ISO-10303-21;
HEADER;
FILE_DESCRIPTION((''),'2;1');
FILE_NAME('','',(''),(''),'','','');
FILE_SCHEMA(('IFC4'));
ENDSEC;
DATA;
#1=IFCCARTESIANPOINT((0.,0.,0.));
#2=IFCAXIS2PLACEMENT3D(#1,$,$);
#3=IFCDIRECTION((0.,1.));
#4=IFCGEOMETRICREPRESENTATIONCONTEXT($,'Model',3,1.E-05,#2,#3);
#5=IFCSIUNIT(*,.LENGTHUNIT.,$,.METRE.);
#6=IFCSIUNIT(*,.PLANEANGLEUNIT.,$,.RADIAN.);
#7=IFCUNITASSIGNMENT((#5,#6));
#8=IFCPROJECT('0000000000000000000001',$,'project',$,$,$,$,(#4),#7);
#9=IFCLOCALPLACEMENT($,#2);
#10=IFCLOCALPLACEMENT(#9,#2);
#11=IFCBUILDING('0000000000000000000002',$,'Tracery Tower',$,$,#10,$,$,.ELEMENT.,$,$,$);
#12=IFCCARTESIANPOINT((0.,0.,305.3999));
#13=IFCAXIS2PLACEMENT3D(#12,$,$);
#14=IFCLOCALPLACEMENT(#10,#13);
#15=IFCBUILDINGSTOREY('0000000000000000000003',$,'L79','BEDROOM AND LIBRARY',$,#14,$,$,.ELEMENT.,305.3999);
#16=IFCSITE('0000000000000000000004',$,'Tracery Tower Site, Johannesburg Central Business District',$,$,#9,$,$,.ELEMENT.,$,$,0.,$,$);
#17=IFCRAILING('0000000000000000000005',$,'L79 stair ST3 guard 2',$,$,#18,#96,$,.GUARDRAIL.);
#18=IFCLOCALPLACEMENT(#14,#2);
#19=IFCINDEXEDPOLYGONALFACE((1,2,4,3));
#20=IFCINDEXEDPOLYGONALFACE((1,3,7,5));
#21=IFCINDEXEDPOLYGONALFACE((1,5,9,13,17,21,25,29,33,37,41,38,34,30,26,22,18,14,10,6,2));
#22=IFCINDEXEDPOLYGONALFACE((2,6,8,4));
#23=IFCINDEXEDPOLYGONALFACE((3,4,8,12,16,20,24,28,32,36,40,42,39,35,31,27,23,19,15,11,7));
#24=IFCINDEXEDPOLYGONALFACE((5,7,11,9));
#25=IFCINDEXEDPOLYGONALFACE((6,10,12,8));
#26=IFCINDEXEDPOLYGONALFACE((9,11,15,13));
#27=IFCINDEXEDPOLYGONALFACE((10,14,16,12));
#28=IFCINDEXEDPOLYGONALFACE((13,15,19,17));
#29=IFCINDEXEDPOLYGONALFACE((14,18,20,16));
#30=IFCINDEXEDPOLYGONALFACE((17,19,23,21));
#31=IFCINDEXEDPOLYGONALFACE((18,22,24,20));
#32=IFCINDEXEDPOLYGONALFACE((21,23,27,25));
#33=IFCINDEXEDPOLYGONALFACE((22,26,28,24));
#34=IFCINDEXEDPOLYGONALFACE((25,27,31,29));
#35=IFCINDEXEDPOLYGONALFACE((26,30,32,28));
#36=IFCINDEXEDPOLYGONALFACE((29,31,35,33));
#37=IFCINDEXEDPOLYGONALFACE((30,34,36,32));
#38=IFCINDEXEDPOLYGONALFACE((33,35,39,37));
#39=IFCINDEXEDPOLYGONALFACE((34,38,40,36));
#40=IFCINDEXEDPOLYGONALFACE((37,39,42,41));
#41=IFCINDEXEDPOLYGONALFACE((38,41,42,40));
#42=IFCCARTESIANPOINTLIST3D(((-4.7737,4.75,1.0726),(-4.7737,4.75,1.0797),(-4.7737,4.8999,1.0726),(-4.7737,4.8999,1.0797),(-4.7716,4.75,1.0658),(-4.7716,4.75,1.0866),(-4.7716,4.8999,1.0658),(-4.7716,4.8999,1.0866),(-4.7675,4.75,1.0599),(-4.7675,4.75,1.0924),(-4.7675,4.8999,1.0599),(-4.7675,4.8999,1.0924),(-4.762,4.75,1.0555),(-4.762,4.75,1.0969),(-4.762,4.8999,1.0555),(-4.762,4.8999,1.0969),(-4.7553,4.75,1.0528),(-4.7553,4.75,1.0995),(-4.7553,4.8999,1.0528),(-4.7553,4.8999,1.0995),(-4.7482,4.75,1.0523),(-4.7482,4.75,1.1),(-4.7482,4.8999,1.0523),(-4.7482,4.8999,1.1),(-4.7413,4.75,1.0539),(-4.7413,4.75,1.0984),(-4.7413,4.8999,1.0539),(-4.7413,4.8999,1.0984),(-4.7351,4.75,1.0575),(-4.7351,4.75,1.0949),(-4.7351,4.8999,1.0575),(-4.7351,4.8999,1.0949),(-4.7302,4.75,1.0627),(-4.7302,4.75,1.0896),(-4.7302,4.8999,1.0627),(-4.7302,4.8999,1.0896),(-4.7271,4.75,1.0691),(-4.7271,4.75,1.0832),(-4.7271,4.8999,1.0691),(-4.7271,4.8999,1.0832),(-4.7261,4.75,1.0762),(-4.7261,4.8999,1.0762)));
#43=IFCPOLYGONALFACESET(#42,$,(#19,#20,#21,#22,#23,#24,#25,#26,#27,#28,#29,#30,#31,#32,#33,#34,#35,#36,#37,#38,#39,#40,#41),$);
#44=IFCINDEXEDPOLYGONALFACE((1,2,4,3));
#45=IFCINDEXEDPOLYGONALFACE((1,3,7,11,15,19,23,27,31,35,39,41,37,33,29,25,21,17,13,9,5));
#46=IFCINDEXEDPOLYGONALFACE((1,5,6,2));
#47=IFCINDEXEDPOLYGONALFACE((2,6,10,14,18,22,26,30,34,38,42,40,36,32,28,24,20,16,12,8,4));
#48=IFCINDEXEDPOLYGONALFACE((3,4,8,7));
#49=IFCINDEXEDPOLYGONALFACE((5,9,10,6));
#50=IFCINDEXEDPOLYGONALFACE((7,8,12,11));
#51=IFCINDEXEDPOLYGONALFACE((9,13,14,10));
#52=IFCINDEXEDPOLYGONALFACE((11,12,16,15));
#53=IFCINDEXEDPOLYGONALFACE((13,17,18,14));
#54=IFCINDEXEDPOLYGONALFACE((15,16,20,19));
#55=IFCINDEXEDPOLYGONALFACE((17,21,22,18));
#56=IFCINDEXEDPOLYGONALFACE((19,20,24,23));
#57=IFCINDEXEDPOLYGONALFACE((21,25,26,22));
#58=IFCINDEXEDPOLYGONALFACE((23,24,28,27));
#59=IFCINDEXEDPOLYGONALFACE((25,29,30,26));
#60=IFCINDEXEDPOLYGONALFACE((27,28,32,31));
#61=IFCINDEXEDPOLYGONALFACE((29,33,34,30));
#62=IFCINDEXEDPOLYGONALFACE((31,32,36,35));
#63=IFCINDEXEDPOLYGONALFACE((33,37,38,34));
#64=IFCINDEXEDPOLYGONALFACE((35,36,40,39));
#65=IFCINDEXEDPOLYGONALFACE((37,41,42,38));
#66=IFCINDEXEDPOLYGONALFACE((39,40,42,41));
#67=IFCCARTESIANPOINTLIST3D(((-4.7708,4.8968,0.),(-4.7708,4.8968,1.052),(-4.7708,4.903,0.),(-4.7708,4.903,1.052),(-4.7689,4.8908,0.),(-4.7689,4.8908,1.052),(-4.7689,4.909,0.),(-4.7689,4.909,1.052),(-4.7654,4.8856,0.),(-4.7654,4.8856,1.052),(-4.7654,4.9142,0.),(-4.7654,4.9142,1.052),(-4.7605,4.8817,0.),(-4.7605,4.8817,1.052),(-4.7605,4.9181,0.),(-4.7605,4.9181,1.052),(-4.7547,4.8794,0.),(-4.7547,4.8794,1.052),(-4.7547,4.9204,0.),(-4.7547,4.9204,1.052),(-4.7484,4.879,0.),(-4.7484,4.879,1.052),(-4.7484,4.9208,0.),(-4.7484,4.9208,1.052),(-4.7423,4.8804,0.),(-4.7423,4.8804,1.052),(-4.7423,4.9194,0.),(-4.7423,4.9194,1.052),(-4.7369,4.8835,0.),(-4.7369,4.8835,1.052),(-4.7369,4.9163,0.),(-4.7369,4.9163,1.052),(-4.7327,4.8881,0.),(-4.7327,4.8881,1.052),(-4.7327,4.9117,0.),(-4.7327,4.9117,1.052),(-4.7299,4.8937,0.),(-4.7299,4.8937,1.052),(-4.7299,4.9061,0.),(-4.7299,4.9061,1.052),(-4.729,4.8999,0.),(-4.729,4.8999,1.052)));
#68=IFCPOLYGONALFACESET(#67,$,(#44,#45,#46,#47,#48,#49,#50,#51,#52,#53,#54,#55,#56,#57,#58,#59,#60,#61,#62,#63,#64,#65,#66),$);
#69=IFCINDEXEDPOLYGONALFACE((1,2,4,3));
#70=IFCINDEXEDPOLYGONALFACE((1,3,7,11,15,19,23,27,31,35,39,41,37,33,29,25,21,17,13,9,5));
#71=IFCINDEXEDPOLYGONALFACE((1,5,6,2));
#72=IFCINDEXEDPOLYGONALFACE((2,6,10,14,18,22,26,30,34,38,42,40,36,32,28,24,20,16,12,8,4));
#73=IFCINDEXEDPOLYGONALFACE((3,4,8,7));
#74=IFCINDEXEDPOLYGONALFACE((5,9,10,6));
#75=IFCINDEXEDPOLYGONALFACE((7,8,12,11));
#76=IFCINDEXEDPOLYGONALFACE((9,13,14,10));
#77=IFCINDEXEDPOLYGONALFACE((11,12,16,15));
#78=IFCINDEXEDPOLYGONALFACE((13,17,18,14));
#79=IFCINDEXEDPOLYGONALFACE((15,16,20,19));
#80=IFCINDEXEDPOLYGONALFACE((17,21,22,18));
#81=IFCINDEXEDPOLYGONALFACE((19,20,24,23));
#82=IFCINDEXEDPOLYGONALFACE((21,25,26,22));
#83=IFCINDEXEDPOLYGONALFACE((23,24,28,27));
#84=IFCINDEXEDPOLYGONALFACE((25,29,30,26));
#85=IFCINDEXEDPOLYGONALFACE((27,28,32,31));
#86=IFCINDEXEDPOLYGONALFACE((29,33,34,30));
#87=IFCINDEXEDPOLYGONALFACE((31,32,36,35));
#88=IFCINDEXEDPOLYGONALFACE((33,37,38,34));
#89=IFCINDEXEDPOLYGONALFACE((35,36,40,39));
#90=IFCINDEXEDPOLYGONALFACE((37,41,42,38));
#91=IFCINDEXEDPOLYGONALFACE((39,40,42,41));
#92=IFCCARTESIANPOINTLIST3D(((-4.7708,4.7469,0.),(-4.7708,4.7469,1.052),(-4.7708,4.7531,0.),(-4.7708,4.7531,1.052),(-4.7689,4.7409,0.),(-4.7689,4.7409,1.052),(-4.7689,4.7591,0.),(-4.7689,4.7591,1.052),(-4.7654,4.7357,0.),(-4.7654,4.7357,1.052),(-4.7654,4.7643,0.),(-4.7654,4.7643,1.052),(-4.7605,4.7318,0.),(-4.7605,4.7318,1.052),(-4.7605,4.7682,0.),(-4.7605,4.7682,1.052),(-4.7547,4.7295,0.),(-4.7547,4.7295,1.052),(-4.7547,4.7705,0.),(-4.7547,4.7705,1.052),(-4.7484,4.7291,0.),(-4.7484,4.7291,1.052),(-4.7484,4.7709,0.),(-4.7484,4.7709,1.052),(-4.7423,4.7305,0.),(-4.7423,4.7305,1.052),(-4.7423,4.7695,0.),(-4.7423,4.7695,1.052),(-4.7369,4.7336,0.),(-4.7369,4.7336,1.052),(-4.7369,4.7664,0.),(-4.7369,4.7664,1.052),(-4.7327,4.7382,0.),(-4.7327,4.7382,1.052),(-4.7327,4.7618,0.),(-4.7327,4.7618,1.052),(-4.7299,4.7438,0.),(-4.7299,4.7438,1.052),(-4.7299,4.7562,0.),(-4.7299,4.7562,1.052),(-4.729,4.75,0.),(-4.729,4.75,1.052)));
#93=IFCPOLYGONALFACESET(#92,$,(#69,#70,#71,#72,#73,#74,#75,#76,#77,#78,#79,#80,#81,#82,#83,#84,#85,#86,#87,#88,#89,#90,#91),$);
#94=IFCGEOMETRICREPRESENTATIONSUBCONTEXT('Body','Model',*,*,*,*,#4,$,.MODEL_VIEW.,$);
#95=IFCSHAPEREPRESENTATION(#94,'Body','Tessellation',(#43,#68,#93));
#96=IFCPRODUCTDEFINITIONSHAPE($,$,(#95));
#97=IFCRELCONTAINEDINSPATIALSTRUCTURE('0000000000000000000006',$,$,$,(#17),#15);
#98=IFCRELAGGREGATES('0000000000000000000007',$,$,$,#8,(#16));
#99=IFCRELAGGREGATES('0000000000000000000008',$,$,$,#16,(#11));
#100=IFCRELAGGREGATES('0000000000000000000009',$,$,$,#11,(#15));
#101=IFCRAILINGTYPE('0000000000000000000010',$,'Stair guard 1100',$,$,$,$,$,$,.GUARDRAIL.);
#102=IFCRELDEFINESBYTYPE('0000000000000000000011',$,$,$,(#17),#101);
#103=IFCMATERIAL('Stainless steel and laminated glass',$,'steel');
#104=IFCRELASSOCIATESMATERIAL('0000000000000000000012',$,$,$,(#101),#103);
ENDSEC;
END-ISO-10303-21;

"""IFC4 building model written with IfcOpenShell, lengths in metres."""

from ifc_helpers import new_model, si_unit, direction, frame, origin, origin_2d, place, context, subcontext, project, spatial, circle, extrude, material, type_object, element, save


model = new_model("IFC4")

# Units and contexts
model_context = context("Model", 3, precision=1e-05, world=origin(), true_north=direction((0.0, 1.0)))
body_context = subcontext(model_context, "Body", "Model", "MODEL_VIEW")
ifc_project = project(units=[si_unit("LENGTHUNIT", "METRE"), si_unit("PLANEANGLEUNIT", "RADIAN")], contexts=[model_context])

# Site, building, storey
site_placement = place(None, origin())
site = spatial("IfcSite", under=ifc_project, at=site_placement, Name="Tracery Tower Site, Johannesburg Central Business District", CompositionType="ELEMENT", RefElevation=0.0)
building_placement = place(site_placement, origin())
building = spatial("IfcBuilding", under=site, at=building_placement, Name="Tracery Tower", CompositionType="ELEMENT")
storey_placement = place(building_placement, frame((0.0, 0.0, 305.3999)))
storey = spatial("IfcBuildingStorey", under=building, at=storey_placement, Name="L79", Description="BEDROOM AND LIBRARY", CompositionType="ELEMENT", Elevation=305.3999)

# Railing
ifc_material_1 = material(Name="Stainless steel and laminated glass", Category="steel")
railing_type_1 = type_object("IfcRailingType", Name="Stair guard 1100", PredefinedType="GUARDRAIL", material=ifc_material_1)
railing_1_placement = place(storey_placement, frame((-4.75, 4.8999, 0.0)))
element("IfcRailing", 1, at=railing_1_placement, inside=storey, type_object=railing_type_1, Name="L79 stair ST3 guard 2", PredefinedType="GUARDRAIL", context=body_context, shape_type="SweptSolid", body=[
    extrude(circle(Radius=0.0239, at=origin_2d()), frame((0.0, 0.0, 1.0762), z_axis=(0.0, -1.0, 0.0), x_axis=(1.0, 0.0, 0.0)), (0.0, 0.0, 1.0), 0.1499),
    extrude(circle(Radius=0.021, at=origin_2d()), origin(), (0.0, 0.0, 1.0), 1.052),
    extrude(circle(Radius=0.021, at=origin_2d()), frame((0.0, -0.1499, 0.0)), (0.0, 0.0, 1.0), 1.052),
])

save(model, "model.ifc")
